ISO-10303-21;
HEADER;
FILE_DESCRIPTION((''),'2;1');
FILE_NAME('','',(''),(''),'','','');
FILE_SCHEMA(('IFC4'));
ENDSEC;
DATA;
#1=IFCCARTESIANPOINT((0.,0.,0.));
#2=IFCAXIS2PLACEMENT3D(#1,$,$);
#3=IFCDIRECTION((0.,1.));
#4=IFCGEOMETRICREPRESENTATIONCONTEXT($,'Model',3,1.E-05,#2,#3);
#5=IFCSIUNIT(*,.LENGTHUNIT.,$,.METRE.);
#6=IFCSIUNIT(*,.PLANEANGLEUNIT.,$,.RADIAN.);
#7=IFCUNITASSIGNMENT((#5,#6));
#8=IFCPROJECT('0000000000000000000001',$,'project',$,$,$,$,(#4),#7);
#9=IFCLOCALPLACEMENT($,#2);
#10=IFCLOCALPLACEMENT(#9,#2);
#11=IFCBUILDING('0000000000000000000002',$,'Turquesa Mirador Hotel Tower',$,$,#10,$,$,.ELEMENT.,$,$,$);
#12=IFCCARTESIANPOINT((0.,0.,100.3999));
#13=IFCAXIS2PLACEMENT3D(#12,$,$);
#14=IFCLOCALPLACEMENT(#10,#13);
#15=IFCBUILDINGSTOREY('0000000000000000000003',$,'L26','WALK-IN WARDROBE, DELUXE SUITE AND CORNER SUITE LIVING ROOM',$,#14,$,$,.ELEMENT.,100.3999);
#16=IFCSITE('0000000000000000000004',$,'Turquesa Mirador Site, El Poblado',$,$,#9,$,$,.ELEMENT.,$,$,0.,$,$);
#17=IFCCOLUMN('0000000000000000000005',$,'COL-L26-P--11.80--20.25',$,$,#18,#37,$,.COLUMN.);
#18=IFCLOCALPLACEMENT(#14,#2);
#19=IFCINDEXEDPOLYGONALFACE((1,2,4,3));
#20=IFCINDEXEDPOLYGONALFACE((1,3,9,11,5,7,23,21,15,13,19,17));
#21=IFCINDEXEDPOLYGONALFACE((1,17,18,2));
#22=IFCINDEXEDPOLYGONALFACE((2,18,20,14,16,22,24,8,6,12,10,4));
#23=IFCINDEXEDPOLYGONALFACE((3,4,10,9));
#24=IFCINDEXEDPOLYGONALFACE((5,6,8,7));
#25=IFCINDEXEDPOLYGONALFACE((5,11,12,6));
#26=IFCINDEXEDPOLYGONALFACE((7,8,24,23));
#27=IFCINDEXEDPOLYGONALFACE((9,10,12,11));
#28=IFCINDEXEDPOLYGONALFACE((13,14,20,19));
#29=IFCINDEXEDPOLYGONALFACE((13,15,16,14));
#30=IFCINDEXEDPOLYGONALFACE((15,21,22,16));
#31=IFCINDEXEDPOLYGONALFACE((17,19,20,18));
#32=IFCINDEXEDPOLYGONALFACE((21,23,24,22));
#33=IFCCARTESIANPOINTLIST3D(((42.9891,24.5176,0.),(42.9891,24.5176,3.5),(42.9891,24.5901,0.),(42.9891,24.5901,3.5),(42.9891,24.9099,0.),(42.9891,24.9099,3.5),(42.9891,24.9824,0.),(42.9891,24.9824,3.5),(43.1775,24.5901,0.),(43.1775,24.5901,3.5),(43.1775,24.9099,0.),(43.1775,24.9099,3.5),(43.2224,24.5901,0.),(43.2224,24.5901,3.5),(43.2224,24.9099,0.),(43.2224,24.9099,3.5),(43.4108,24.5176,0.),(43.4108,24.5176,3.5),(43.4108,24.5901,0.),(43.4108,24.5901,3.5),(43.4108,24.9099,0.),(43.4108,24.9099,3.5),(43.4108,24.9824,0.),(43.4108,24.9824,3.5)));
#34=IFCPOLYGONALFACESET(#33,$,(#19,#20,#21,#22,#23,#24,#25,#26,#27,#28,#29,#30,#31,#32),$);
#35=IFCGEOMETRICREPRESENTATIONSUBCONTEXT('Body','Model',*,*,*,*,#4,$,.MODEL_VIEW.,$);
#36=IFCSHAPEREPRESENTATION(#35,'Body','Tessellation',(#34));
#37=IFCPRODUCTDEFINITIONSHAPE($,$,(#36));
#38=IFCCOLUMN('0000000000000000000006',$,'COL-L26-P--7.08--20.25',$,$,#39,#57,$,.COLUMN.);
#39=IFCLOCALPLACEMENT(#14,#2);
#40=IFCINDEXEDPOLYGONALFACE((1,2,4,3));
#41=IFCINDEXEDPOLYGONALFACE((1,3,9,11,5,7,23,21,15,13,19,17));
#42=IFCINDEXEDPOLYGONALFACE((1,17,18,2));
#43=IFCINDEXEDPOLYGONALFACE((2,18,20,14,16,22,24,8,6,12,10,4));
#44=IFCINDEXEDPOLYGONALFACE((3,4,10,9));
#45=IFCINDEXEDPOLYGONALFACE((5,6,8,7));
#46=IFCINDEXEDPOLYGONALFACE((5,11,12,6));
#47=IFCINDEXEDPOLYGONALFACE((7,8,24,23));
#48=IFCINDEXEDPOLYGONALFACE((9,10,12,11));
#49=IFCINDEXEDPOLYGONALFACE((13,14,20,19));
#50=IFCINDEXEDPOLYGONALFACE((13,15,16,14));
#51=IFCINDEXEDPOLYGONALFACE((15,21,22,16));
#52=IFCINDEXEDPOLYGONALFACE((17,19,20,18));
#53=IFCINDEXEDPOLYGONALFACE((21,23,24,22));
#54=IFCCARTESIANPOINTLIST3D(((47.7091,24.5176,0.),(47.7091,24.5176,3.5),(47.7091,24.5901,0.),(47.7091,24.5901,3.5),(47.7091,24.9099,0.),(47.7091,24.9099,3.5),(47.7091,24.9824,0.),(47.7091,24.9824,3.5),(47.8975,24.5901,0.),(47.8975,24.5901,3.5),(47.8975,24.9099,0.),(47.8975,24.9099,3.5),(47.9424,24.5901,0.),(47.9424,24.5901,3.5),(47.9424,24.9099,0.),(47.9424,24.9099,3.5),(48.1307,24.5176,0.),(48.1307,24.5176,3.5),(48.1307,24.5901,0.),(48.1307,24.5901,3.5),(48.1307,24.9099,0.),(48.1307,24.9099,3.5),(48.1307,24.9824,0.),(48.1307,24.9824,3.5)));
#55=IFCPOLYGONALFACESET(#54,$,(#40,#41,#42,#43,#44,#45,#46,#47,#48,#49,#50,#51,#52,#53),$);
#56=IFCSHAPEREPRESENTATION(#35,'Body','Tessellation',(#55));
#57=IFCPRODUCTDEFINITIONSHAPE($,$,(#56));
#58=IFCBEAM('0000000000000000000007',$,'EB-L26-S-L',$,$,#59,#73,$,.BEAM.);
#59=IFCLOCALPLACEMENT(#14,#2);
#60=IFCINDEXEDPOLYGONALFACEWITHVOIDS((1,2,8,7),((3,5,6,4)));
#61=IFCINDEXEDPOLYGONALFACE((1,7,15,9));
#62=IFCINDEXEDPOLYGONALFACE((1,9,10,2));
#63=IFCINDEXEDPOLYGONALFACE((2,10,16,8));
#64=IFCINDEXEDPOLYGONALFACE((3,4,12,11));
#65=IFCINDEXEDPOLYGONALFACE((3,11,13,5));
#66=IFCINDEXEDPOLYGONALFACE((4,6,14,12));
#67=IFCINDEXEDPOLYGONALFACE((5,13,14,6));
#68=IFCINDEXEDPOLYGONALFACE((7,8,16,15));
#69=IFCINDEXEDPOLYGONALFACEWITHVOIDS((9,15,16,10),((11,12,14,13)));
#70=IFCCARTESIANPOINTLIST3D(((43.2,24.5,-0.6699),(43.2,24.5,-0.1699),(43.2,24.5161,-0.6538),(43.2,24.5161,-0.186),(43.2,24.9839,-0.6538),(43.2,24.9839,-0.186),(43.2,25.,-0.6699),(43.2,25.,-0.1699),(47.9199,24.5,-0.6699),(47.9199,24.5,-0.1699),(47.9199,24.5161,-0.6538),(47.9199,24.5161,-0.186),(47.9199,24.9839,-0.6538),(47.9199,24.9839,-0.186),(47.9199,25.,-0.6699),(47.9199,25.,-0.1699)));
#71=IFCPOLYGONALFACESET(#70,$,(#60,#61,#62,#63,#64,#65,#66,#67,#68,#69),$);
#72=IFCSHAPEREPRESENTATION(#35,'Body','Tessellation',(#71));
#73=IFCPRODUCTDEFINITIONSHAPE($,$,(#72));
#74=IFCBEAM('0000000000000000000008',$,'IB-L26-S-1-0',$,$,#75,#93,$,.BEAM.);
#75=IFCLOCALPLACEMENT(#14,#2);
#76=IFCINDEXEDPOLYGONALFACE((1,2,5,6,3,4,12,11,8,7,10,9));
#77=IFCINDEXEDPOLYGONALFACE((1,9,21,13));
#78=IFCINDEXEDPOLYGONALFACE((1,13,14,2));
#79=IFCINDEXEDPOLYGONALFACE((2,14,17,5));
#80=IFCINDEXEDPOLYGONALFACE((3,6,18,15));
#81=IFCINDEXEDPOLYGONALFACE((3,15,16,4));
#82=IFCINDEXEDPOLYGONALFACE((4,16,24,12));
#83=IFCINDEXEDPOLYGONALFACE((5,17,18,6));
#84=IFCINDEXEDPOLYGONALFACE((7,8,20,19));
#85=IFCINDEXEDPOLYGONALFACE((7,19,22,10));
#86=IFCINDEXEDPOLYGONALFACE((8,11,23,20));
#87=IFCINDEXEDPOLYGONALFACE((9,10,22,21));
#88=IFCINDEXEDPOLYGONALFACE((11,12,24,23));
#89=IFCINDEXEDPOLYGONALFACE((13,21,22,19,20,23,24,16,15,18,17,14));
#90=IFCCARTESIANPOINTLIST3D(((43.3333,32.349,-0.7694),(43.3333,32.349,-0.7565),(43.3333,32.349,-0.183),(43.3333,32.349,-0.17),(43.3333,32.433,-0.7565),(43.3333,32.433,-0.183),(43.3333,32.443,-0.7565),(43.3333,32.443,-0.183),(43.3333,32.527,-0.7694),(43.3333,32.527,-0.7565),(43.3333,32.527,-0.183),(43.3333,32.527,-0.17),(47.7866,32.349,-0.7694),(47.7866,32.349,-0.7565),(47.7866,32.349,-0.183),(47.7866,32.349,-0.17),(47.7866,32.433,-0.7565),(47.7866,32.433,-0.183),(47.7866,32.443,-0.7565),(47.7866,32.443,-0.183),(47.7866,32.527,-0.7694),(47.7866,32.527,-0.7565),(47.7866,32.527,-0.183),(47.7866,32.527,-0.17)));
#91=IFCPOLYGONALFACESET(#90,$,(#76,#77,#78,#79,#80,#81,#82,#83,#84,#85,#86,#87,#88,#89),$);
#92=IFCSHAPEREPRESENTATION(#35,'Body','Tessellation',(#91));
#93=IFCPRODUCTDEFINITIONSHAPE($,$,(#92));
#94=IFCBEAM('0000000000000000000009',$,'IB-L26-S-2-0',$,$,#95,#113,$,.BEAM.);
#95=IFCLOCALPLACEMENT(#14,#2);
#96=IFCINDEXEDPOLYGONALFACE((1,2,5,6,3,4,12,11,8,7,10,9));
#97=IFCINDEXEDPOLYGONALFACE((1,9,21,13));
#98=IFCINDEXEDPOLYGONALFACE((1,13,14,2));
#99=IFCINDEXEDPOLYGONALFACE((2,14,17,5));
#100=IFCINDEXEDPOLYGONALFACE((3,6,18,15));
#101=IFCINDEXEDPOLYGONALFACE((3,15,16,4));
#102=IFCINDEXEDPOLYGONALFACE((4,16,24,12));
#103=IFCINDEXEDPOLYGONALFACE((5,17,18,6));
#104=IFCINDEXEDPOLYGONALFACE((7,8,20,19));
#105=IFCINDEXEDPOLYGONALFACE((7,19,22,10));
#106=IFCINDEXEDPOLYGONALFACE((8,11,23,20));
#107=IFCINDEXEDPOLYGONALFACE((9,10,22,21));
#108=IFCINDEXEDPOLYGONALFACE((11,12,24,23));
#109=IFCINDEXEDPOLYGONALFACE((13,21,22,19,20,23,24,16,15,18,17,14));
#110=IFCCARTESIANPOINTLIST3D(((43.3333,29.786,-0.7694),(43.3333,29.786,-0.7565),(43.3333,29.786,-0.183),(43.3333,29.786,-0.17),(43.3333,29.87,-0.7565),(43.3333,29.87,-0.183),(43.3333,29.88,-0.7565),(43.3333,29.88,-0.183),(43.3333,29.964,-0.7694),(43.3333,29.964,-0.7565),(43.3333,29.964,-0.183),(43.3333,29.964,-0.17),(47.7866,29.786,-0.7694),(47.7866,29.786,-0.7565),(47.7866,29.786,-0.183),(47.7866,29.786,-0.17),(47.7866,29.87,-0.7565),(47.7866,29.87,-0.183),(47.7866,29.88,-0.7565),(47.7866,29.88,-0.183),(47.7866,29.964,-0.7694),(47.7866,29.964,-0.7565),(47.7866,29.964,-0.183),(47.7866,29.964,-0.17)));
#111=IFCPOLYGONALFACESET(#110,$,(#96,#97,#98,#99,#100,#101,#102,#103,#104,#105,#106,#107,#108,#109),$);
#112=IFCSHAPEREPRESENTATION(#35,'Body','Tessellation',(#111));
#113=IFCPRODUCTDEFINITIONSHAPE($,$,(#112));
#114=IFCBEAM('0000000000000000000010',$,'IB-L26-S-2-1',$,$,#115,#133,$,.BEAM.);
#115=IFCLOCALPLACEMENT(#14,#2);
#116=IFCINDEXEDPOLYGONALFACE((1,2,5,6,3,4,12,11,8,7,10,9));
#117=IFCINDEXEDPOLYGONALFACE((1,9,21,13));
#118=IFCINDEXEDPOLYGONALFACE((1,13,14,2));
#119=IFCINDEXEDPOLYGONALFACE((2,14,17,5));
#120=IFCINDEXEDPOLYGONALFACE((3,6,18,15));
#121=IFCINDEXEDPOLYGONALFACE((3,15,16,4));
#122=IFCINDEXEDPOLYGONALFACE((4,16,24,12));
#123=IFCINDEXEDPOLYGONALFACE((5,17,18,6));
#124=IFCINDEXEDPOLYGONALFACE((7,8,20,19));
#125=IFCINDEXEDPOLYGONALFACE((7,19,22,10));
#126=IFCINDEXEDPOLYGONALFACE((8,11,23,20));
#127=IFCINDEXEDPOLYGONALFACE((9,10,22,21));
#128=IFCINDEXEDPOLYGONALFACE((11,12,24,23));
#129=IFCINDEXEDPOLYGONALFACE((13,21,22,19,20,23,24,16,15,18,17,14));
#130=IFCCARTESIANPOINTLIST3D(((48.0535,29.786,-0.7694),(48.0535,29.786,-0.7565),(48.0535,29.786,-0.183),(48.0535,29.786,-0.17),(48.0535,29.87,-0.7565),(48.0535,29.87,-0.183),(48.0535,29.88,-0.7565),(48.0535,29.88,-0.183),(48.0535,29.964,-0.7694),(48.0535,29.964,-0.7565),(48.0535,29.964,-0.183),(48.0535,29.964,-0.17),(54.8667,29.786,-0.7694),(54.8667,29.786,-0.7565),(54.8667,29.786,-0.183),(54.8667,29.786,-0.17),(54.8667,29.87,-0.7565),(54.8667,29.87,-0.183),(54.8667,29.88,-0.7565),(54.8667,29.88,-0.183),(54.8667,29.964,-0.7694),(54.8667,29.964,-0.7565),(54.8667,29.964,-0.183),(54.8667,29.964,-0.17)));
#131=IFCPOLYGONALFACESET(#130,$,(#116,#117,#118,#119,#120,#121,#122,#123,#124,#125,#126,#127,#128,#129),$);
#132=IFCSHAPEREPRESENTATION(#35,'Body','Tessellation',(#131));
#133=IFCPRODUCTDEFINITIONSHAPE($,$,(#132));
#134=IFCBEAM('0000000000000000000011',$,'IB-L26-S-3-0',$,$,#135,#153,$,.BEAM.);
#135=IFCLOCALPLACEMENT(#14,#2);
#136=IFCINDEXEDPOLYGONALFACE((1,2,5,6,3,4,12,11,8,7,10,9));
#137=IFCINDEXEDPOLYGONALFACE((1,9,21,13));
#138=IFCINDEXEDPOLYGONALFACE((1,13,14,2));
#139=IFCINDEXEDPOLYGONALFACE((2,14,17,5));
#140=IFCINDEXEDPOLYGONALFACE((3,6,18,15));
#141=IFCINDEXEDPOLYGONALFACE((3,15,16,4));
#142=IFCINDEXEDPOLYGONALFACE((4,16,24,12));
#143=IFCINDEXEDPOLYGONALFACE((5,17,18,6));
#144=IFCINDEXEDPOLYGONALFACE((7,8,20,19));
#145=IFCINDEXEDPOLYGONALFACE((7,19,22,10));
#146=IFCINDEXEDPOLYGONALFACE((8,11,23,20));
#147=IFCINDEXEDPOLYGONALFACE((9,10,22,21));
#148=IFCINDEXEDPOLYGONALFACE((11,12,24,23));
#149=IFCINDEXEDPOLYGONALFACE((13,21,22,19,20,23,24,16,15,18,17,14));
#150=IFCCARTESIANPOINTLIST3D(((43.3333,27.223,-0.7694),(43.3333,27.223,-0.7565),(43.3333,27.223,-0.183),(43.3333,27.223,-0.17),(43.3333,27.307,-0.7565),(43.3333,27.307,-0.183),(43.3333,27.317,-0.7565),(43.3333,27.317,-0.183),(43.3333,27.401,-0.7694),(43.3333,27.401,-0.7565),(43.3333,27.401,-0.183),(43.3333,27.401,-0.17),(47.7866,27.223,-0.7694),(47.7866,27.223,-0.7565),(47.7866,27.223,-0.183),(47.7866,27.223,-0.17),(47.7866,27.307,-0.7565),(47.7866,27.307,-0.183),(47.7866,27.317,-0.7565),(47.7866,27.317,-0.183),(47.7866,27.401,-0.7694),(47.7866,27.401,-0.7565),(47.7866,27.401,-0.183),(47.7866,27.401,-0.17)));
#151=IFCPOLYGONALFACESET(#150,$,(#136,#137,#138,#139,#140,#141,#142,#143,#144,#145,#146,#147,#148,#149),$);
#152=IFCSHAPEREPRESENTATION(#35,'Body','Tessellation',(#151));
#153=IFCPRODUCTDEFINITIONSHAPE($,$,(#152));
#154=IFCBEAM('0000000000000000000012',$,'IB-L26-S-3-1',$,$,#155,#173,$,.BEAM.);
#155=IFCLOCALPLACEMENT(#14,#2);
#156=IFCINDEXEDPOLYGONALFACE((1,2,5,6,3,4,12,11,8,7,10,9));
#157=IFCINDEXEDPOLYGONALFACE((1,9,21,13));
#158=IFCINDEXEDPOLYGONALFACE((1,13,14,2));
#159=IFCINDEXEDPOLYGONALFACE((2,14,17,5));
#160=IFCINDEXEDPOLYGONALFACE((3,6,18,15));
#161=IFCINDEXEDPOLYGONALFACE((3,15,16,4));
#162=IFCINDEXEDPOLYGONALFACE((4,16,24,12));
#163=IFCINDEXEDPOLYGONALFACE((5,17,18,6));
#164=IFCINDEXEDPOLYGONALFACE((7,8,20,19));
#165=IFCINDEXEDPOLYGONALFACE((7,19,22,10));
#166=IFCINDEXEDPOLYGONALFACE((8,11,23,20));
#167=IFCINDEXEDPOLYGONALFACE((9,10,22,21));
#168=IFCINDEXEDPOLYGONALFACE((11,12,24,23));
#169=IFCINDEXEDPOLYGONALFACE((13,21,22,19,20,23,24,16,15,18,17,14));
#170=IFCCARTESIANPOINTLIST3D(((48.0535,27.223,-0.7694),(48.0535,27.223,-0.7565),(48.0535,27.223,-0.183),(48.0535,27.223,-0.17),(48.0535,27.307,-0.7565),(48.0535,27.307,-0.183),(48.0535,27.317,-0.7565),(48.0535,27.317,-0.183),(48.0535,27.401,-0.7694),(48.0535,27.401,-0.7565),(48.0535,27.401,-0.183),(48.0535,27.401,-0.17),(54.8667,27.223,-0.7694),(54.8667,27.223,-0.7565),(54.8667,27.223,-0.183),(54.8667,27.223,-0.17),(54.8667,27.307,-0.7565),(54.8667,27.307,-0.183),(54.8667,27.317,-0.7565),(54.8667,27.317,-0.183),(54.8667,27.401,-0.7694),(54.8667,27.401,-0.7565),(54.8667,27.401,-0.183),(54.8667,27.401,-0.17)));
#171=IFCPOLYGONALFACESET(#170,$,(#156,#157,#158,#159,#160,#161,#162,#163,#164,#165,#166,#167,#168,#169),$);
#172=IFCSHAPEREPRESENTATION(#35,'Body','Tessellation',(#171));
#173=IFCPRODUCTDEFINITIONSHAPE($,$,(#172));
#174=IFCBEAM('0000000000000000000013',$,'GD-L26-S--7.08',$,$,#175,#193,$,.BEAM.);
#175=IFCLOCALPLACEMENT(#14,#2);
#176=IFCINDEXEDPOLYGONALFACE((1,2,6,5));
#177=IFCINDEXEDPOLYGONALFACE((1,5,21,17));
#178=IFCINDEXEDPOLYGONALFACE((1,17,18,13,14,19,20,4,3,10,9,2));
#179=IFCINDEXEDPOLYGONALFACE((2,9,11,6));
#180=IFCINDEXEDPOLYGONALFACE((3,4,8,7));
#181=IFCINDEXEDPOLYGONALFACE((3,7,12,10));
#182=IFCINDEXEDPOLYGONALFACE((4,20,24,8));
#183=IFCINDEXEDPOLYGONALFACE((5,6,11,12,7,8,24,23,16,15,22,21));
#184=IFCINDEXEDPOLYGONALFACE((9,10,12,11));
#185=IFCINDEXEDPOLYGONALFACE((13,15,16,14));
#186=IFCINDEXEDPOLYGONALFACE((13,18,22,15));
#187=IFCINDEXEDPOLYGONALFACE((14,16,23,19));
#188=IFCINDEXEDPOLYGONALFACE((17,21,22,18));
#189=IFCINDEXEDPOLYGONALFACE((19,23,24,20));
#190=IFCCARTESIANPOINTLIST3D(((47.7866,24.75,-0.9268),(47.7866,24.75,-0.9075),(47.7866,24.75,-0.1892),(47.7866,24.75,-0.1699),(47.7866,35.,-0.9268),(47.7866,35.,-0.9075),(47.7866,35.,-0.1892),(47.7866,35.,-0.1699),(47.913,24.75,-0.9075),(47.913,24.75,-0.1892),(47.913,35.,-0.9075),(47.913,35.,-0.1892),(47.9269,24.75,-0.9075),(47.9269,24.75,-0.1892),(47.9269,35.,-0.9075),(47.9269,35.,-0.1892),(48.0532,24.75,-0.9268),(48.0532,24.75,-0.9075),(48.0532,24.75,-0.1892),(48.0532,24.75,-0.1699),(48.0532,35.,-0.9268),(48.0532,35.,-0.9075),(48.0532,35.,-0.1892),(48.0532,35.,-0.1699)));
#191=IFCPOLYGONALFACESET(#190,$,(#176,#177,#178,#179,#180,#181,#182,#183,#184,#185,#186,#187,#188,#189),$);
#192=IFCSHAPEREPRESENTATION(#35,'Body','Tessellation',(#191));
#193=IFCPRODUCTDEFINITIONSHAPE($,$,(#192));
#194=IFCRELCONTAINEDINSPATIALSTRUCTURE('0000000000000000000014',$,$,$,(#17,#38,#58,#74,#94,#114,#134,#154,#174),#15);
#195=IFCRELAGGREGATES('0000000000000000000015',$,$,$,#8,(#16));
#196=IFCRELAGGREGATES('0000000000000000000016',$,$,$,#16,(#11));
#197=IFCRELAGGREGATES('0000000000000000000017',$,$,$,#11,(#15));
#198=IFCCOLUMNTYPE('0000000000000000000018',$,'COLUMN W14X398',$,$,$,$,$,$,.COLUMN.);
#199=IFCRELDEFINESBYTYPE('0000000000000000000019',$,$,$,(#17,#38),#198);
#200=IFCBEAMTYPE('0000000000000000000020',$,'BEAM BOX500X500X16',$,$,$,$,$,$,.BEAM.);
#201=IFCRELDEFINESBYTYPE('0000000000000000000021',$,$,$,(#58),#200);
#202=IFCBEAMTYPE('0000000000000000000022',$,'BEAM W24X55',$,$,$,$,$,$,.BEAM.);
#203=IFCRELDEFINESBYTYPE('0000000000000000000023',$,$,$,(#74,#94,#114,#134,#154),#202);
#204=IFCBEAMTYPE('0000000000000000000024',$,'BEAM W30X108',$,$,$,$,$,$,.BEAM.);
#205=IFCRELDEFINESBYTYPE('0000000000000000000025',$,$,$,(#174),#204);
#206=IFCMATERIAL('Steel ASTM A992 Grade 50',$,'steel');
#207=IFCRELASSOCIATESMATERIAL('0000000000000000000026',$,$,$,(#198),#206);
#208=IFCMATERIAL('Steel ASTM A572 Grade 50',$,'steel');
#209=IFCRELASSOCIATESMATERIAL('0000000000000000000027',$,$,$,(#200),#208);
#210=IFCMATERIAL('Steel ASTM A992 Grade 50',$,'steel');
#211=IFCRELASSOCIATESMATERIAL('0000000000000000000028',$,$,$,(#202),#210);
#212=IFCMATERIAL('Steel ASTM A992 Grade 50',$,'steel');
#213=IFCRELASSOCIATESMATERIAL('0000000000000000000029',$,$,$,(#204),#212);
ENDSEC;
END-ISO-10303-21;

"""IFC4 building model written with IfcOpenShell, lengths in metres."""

from ifc_helpers import new_model, si_unit, direction, frame, origin, origin_2d, place, context, subcontext, project, spatial, hollow_rectangle, i_section, extrude, material, material_profile, profile_set, type_object, element, save


model = new_model("IFC4")

# Units and contexts
model_context = context("Model", 3, precision=1e-05, world=origin(), true_north=direction((0.0, 1.0)))
body_context = subcontext(model_context, "Body", "Model", "MODEL_VIEW")
ifc_project = project(units=[si_unit("LENGTHUNIT", "METRE"), si_unit("PLANEANGLEUNIT", "RADIAN")], contexts=[model_context])

# Site, building, storey
site_placement = place(None, origin())
site = spatial("IfcSite", under=ifc_project, at=site_placement, Name="Turquesa Mirador Site, El Poblado", CompositionType="ELEMENT", RefElevation=0.0)
building_placement = place(site_placement, origin())
building = spatial("IfcBuilding", under=site, at=building_placement, Name="Turquesa Mirador Hotel Tower", CompositionType="ELEMENT")
storey_placement = place(building_placement, frame((0.0, 0.0, 100.3999)))
storey = spatial("IfcBuildingStorey", under=building, at=storey_placement, Name="L26", Description="WALK-IN WARDROBE, DELUXE SUITE AND CORNER SUITE LIVING ROOM", CompositionType="ELEMENT", Elevation=100.3999)

# Columns
ifc_material_1 = material(Name="Steel ASTM A992 Grade 50", Category="steel")
ifc_material_profile_1 = material_profile(ifc_material_1, i_section(OverallWidth=0.4216, OverallDepth=0.4648, WebThickness=0.0449, FlangeThickness=0.0725, at=origin_2d()), Name="W14X398")
ifc_profile_set_1 = profile_set([ifc_material_profile_1], Name="Steel ASTM A992 Grade 50")
column_type = type_object("IfcColumnType", Name="COLUMN W14X398", PredefinedType="COLUMN", material=ifc_profile_set_1)
for number, where, z_axis, x_axis, name in (
    (1, (43.2, 24.75, 0.0), (0.0, 0.0, 1.0), (1.0, 0.0, 0.0), "COL-L26-P--11.80--20.25"),
    (2, (47.9199, 24.75, 0.0), (0.0, 0.0, 1.0), (1.0, 0.0, 0.0), "COL-L26-P--7.08--20.25"),
):
    element("IfcColumn", number, at=place(storey_placement, frame(where, z_axis=z_axis, x_axis=x_axis)), inside=storey, type_object=column_type, Name=name, PredefinedType="COLUMN", context=body_context, shape_type="SweptSolid", body=[
        extrude(i_section(OverallWidth=0.4216, OverallDepth=0.4648, WebThickness=0.0449, FlangeThickness=0.0725, at=origin_2d()), origin(), (0.0, 0.0, 1.0), 3.5),
    ])

# Beams
ifc_material_2 = material(Name="Steel ASTM A572 Grade 50", Category="steel")
ifc_material_profile_2 = material_profile(ifc_material_2, hollow_rectangle(XDim=0.5, YDim=0.5, WallThickness=0.0161, at=origin_2d()), Name="BOX500X500X16")
ifc_profile_set_2 = profile_set([ifc_material_profile_2], Name="Steel ASTM A572 Grade 50")
beam_type_1 = type_object("IfcBeamType", Name="BEAM BOX500X500X16", PredefinedType="BEAM", material=ifc_profile_set_2)
beam_1_placement = place(storey_placement, frame((43.2, 24.75, -0.4199), z_axis=(1.0, 0.0, 0.0), x_axis=(0.0, 1.0, 0.0)))
element("IfcBeam", 3, at=beam_1_placement, inside=storey, type_object=beam_type_1, Name="EB-L26-S-L", PredefinedType="BEAM", context=body_context, shape_type="SweptSolid", body=[
    extrude(hollow_rectangle(XDim=0.5, YDim=0.5, WallThickness=0.0161, at=origin_2d()), origin(), (0.0, 0.0, 1.0), 4.72),
])
ifc_material_3 = material(Name="Steel ASTM A992 Grade 50", Category="steel")
ifc_material_profile_3 = material_profile(ifc_material_3, i_section(OverallWidth=0.178, OverallDepth=0.5994, WebThickness=0.01, FlangeThickness=0.0129, at=origin_2d()), Name="W24X55")
ifc_profile_set_3 = profile_set([ifc_material_profile_3], Name="Steel ASTM A992 Grade 50")
beam_type_2 = type_object("IfcBeamType", Name="BEAM W24X55", PredefinedType="BEAM", material=ifc_profile_set_3)
for number, where, z_axis, x_axis, name in (
    (4, (43.3333, 32.438, -0.4697), (1.0, 0.0, 0.0), (0.0, 1.0, 0.0), "IB-L26-S-1-0"),
    (5, (43.3333, 29.875, -0.4697), (1.0, 0.0, 0.0), (0.0, 1.0, 0.0), "IB-L26-S-2-0"),
):
    element("IfcBeam", number, at=place(storey_placement, frame(where, z_axis=z_axis, x_axis=x_axis)), inside=storey, type_object=beam_type_2, Name=name, PredefinedType="BEAM", context=body_context, shape_type="SweptSolid", body=[
        extrude(i_section(OverallWidth=0.178, OverallDepth=0.5994, WebThickness=0.01, FlangeThickness=0.0129, at=origin_2d()), origin(), (0.0, 0.0, 1.0), 4.4534),
    ])
beam_2_placement = place(storey_placement, frame((48.0535, 29.875, -0.4697), z_axis=(1.0, 0.0, 0.0), x_axis=(0.0, 1.0, 0.0)))
element("IfcBeam", 6, at=beam_2_placement, inside=storey, type_object=beam_type_2, Name="IB-L26-S-2-1", PredefinedType="BEAM", context=body_context, shape_type="SweptSolid", body=[
    extrude(i_section(OverallWidth=0.178, OverallDepth=0.5994, WebThickness=0.01, FlangeThickness=0.0129, at=origin_2d()), origin(), (0.0, 0.0, 1.0), 6.8132),
])
beam_3_placement = place(storey_placement, frame((43.3333, 27.312, -0.4697), z_axis=(1.0, 0.0, 0.0), x_axis=(0.0, 1.0, 0.0)))
element("IfcBeam", 7, at=beam_3_placement, inside=storey, type_object=beam_type_2, Name="IB-L26-S-3-0", PredefinedType="BEAM", context=body_context, shape_type="SweptSolid", body=[
    extrude(i_section(OverallWidth=0.178, OverallDepth=0.5994, WebThickness=0.01, FlangeThickness=0.0129, at=origin_2d()), origin(), (0.0, 0.0, 1.0), 4.4534),
])
beam_4_placement = place(storey_placement, frame((48.0535, 27.312, -0.4697), z_axis=(1.0, 0.0, 0.0), x_axis=(0.0, 1.0, 0.0)))
element("IfcBeam", 8, at=beam_4_placement, inside=storey, type_object=beam_type_2, Name="IB-L26-S-3-1", PredefinedType="BEAM", context=body_context, shape_type="SweptSolid", body=[
    extrude(i_section(OverallWidth=0.178, OverallDepth=0.5994, WebThickness=0.01, FlangeThickness=0.0129, at=origin_2d()), origin(), (0.0, 0.0, 1.0), 6.8132),
])
ifc_material_4 = material(Name="Steel ASTM A992 Grade 50", Category="steel")
ifc_material_profile_4 = material_profile(ifc_material_4, i_section(OverallWidth=0.2666, OverallDepth=0.7568, WebThickness=0.0139, FlangeThickness=0.0193, at=origin_2d()), Name="W30X108")
ifc_profile_set_4 = profile_set([ifc_material_profile_4], Name="Steel ASTM A992 Grade 50")
beam_type_3 = type_object("IfcBeamType", Name="BEAM W30X108", PredefinedType="BEAM", material=ifc_profile_set_4)
beam_5_placement = place(storey_placement, frame((47.9199, 24.75, -0.5483), z_axis=(0.0, 1.0, 0.0), x_axis=(-1.0, 0.0, 0.0)))
element("IfcBeam", 9, at=beam_5_placement, inside=storey, type_object=beam_type_3, Name="GD-L26-S--7.08", PredefinedType="BEAM", context=body_context, shape_type="SweptSolid", body=[
    extrude(i_section(OverallWidth=0.2666, OverallDepth=0.7568, WebThickness=0.0139, FlangeThickness=0.0193, at=origin_2d()), origin(), (0.0, 0.0, 1.0), 10.25),
])

save(model, "model.ifc")
